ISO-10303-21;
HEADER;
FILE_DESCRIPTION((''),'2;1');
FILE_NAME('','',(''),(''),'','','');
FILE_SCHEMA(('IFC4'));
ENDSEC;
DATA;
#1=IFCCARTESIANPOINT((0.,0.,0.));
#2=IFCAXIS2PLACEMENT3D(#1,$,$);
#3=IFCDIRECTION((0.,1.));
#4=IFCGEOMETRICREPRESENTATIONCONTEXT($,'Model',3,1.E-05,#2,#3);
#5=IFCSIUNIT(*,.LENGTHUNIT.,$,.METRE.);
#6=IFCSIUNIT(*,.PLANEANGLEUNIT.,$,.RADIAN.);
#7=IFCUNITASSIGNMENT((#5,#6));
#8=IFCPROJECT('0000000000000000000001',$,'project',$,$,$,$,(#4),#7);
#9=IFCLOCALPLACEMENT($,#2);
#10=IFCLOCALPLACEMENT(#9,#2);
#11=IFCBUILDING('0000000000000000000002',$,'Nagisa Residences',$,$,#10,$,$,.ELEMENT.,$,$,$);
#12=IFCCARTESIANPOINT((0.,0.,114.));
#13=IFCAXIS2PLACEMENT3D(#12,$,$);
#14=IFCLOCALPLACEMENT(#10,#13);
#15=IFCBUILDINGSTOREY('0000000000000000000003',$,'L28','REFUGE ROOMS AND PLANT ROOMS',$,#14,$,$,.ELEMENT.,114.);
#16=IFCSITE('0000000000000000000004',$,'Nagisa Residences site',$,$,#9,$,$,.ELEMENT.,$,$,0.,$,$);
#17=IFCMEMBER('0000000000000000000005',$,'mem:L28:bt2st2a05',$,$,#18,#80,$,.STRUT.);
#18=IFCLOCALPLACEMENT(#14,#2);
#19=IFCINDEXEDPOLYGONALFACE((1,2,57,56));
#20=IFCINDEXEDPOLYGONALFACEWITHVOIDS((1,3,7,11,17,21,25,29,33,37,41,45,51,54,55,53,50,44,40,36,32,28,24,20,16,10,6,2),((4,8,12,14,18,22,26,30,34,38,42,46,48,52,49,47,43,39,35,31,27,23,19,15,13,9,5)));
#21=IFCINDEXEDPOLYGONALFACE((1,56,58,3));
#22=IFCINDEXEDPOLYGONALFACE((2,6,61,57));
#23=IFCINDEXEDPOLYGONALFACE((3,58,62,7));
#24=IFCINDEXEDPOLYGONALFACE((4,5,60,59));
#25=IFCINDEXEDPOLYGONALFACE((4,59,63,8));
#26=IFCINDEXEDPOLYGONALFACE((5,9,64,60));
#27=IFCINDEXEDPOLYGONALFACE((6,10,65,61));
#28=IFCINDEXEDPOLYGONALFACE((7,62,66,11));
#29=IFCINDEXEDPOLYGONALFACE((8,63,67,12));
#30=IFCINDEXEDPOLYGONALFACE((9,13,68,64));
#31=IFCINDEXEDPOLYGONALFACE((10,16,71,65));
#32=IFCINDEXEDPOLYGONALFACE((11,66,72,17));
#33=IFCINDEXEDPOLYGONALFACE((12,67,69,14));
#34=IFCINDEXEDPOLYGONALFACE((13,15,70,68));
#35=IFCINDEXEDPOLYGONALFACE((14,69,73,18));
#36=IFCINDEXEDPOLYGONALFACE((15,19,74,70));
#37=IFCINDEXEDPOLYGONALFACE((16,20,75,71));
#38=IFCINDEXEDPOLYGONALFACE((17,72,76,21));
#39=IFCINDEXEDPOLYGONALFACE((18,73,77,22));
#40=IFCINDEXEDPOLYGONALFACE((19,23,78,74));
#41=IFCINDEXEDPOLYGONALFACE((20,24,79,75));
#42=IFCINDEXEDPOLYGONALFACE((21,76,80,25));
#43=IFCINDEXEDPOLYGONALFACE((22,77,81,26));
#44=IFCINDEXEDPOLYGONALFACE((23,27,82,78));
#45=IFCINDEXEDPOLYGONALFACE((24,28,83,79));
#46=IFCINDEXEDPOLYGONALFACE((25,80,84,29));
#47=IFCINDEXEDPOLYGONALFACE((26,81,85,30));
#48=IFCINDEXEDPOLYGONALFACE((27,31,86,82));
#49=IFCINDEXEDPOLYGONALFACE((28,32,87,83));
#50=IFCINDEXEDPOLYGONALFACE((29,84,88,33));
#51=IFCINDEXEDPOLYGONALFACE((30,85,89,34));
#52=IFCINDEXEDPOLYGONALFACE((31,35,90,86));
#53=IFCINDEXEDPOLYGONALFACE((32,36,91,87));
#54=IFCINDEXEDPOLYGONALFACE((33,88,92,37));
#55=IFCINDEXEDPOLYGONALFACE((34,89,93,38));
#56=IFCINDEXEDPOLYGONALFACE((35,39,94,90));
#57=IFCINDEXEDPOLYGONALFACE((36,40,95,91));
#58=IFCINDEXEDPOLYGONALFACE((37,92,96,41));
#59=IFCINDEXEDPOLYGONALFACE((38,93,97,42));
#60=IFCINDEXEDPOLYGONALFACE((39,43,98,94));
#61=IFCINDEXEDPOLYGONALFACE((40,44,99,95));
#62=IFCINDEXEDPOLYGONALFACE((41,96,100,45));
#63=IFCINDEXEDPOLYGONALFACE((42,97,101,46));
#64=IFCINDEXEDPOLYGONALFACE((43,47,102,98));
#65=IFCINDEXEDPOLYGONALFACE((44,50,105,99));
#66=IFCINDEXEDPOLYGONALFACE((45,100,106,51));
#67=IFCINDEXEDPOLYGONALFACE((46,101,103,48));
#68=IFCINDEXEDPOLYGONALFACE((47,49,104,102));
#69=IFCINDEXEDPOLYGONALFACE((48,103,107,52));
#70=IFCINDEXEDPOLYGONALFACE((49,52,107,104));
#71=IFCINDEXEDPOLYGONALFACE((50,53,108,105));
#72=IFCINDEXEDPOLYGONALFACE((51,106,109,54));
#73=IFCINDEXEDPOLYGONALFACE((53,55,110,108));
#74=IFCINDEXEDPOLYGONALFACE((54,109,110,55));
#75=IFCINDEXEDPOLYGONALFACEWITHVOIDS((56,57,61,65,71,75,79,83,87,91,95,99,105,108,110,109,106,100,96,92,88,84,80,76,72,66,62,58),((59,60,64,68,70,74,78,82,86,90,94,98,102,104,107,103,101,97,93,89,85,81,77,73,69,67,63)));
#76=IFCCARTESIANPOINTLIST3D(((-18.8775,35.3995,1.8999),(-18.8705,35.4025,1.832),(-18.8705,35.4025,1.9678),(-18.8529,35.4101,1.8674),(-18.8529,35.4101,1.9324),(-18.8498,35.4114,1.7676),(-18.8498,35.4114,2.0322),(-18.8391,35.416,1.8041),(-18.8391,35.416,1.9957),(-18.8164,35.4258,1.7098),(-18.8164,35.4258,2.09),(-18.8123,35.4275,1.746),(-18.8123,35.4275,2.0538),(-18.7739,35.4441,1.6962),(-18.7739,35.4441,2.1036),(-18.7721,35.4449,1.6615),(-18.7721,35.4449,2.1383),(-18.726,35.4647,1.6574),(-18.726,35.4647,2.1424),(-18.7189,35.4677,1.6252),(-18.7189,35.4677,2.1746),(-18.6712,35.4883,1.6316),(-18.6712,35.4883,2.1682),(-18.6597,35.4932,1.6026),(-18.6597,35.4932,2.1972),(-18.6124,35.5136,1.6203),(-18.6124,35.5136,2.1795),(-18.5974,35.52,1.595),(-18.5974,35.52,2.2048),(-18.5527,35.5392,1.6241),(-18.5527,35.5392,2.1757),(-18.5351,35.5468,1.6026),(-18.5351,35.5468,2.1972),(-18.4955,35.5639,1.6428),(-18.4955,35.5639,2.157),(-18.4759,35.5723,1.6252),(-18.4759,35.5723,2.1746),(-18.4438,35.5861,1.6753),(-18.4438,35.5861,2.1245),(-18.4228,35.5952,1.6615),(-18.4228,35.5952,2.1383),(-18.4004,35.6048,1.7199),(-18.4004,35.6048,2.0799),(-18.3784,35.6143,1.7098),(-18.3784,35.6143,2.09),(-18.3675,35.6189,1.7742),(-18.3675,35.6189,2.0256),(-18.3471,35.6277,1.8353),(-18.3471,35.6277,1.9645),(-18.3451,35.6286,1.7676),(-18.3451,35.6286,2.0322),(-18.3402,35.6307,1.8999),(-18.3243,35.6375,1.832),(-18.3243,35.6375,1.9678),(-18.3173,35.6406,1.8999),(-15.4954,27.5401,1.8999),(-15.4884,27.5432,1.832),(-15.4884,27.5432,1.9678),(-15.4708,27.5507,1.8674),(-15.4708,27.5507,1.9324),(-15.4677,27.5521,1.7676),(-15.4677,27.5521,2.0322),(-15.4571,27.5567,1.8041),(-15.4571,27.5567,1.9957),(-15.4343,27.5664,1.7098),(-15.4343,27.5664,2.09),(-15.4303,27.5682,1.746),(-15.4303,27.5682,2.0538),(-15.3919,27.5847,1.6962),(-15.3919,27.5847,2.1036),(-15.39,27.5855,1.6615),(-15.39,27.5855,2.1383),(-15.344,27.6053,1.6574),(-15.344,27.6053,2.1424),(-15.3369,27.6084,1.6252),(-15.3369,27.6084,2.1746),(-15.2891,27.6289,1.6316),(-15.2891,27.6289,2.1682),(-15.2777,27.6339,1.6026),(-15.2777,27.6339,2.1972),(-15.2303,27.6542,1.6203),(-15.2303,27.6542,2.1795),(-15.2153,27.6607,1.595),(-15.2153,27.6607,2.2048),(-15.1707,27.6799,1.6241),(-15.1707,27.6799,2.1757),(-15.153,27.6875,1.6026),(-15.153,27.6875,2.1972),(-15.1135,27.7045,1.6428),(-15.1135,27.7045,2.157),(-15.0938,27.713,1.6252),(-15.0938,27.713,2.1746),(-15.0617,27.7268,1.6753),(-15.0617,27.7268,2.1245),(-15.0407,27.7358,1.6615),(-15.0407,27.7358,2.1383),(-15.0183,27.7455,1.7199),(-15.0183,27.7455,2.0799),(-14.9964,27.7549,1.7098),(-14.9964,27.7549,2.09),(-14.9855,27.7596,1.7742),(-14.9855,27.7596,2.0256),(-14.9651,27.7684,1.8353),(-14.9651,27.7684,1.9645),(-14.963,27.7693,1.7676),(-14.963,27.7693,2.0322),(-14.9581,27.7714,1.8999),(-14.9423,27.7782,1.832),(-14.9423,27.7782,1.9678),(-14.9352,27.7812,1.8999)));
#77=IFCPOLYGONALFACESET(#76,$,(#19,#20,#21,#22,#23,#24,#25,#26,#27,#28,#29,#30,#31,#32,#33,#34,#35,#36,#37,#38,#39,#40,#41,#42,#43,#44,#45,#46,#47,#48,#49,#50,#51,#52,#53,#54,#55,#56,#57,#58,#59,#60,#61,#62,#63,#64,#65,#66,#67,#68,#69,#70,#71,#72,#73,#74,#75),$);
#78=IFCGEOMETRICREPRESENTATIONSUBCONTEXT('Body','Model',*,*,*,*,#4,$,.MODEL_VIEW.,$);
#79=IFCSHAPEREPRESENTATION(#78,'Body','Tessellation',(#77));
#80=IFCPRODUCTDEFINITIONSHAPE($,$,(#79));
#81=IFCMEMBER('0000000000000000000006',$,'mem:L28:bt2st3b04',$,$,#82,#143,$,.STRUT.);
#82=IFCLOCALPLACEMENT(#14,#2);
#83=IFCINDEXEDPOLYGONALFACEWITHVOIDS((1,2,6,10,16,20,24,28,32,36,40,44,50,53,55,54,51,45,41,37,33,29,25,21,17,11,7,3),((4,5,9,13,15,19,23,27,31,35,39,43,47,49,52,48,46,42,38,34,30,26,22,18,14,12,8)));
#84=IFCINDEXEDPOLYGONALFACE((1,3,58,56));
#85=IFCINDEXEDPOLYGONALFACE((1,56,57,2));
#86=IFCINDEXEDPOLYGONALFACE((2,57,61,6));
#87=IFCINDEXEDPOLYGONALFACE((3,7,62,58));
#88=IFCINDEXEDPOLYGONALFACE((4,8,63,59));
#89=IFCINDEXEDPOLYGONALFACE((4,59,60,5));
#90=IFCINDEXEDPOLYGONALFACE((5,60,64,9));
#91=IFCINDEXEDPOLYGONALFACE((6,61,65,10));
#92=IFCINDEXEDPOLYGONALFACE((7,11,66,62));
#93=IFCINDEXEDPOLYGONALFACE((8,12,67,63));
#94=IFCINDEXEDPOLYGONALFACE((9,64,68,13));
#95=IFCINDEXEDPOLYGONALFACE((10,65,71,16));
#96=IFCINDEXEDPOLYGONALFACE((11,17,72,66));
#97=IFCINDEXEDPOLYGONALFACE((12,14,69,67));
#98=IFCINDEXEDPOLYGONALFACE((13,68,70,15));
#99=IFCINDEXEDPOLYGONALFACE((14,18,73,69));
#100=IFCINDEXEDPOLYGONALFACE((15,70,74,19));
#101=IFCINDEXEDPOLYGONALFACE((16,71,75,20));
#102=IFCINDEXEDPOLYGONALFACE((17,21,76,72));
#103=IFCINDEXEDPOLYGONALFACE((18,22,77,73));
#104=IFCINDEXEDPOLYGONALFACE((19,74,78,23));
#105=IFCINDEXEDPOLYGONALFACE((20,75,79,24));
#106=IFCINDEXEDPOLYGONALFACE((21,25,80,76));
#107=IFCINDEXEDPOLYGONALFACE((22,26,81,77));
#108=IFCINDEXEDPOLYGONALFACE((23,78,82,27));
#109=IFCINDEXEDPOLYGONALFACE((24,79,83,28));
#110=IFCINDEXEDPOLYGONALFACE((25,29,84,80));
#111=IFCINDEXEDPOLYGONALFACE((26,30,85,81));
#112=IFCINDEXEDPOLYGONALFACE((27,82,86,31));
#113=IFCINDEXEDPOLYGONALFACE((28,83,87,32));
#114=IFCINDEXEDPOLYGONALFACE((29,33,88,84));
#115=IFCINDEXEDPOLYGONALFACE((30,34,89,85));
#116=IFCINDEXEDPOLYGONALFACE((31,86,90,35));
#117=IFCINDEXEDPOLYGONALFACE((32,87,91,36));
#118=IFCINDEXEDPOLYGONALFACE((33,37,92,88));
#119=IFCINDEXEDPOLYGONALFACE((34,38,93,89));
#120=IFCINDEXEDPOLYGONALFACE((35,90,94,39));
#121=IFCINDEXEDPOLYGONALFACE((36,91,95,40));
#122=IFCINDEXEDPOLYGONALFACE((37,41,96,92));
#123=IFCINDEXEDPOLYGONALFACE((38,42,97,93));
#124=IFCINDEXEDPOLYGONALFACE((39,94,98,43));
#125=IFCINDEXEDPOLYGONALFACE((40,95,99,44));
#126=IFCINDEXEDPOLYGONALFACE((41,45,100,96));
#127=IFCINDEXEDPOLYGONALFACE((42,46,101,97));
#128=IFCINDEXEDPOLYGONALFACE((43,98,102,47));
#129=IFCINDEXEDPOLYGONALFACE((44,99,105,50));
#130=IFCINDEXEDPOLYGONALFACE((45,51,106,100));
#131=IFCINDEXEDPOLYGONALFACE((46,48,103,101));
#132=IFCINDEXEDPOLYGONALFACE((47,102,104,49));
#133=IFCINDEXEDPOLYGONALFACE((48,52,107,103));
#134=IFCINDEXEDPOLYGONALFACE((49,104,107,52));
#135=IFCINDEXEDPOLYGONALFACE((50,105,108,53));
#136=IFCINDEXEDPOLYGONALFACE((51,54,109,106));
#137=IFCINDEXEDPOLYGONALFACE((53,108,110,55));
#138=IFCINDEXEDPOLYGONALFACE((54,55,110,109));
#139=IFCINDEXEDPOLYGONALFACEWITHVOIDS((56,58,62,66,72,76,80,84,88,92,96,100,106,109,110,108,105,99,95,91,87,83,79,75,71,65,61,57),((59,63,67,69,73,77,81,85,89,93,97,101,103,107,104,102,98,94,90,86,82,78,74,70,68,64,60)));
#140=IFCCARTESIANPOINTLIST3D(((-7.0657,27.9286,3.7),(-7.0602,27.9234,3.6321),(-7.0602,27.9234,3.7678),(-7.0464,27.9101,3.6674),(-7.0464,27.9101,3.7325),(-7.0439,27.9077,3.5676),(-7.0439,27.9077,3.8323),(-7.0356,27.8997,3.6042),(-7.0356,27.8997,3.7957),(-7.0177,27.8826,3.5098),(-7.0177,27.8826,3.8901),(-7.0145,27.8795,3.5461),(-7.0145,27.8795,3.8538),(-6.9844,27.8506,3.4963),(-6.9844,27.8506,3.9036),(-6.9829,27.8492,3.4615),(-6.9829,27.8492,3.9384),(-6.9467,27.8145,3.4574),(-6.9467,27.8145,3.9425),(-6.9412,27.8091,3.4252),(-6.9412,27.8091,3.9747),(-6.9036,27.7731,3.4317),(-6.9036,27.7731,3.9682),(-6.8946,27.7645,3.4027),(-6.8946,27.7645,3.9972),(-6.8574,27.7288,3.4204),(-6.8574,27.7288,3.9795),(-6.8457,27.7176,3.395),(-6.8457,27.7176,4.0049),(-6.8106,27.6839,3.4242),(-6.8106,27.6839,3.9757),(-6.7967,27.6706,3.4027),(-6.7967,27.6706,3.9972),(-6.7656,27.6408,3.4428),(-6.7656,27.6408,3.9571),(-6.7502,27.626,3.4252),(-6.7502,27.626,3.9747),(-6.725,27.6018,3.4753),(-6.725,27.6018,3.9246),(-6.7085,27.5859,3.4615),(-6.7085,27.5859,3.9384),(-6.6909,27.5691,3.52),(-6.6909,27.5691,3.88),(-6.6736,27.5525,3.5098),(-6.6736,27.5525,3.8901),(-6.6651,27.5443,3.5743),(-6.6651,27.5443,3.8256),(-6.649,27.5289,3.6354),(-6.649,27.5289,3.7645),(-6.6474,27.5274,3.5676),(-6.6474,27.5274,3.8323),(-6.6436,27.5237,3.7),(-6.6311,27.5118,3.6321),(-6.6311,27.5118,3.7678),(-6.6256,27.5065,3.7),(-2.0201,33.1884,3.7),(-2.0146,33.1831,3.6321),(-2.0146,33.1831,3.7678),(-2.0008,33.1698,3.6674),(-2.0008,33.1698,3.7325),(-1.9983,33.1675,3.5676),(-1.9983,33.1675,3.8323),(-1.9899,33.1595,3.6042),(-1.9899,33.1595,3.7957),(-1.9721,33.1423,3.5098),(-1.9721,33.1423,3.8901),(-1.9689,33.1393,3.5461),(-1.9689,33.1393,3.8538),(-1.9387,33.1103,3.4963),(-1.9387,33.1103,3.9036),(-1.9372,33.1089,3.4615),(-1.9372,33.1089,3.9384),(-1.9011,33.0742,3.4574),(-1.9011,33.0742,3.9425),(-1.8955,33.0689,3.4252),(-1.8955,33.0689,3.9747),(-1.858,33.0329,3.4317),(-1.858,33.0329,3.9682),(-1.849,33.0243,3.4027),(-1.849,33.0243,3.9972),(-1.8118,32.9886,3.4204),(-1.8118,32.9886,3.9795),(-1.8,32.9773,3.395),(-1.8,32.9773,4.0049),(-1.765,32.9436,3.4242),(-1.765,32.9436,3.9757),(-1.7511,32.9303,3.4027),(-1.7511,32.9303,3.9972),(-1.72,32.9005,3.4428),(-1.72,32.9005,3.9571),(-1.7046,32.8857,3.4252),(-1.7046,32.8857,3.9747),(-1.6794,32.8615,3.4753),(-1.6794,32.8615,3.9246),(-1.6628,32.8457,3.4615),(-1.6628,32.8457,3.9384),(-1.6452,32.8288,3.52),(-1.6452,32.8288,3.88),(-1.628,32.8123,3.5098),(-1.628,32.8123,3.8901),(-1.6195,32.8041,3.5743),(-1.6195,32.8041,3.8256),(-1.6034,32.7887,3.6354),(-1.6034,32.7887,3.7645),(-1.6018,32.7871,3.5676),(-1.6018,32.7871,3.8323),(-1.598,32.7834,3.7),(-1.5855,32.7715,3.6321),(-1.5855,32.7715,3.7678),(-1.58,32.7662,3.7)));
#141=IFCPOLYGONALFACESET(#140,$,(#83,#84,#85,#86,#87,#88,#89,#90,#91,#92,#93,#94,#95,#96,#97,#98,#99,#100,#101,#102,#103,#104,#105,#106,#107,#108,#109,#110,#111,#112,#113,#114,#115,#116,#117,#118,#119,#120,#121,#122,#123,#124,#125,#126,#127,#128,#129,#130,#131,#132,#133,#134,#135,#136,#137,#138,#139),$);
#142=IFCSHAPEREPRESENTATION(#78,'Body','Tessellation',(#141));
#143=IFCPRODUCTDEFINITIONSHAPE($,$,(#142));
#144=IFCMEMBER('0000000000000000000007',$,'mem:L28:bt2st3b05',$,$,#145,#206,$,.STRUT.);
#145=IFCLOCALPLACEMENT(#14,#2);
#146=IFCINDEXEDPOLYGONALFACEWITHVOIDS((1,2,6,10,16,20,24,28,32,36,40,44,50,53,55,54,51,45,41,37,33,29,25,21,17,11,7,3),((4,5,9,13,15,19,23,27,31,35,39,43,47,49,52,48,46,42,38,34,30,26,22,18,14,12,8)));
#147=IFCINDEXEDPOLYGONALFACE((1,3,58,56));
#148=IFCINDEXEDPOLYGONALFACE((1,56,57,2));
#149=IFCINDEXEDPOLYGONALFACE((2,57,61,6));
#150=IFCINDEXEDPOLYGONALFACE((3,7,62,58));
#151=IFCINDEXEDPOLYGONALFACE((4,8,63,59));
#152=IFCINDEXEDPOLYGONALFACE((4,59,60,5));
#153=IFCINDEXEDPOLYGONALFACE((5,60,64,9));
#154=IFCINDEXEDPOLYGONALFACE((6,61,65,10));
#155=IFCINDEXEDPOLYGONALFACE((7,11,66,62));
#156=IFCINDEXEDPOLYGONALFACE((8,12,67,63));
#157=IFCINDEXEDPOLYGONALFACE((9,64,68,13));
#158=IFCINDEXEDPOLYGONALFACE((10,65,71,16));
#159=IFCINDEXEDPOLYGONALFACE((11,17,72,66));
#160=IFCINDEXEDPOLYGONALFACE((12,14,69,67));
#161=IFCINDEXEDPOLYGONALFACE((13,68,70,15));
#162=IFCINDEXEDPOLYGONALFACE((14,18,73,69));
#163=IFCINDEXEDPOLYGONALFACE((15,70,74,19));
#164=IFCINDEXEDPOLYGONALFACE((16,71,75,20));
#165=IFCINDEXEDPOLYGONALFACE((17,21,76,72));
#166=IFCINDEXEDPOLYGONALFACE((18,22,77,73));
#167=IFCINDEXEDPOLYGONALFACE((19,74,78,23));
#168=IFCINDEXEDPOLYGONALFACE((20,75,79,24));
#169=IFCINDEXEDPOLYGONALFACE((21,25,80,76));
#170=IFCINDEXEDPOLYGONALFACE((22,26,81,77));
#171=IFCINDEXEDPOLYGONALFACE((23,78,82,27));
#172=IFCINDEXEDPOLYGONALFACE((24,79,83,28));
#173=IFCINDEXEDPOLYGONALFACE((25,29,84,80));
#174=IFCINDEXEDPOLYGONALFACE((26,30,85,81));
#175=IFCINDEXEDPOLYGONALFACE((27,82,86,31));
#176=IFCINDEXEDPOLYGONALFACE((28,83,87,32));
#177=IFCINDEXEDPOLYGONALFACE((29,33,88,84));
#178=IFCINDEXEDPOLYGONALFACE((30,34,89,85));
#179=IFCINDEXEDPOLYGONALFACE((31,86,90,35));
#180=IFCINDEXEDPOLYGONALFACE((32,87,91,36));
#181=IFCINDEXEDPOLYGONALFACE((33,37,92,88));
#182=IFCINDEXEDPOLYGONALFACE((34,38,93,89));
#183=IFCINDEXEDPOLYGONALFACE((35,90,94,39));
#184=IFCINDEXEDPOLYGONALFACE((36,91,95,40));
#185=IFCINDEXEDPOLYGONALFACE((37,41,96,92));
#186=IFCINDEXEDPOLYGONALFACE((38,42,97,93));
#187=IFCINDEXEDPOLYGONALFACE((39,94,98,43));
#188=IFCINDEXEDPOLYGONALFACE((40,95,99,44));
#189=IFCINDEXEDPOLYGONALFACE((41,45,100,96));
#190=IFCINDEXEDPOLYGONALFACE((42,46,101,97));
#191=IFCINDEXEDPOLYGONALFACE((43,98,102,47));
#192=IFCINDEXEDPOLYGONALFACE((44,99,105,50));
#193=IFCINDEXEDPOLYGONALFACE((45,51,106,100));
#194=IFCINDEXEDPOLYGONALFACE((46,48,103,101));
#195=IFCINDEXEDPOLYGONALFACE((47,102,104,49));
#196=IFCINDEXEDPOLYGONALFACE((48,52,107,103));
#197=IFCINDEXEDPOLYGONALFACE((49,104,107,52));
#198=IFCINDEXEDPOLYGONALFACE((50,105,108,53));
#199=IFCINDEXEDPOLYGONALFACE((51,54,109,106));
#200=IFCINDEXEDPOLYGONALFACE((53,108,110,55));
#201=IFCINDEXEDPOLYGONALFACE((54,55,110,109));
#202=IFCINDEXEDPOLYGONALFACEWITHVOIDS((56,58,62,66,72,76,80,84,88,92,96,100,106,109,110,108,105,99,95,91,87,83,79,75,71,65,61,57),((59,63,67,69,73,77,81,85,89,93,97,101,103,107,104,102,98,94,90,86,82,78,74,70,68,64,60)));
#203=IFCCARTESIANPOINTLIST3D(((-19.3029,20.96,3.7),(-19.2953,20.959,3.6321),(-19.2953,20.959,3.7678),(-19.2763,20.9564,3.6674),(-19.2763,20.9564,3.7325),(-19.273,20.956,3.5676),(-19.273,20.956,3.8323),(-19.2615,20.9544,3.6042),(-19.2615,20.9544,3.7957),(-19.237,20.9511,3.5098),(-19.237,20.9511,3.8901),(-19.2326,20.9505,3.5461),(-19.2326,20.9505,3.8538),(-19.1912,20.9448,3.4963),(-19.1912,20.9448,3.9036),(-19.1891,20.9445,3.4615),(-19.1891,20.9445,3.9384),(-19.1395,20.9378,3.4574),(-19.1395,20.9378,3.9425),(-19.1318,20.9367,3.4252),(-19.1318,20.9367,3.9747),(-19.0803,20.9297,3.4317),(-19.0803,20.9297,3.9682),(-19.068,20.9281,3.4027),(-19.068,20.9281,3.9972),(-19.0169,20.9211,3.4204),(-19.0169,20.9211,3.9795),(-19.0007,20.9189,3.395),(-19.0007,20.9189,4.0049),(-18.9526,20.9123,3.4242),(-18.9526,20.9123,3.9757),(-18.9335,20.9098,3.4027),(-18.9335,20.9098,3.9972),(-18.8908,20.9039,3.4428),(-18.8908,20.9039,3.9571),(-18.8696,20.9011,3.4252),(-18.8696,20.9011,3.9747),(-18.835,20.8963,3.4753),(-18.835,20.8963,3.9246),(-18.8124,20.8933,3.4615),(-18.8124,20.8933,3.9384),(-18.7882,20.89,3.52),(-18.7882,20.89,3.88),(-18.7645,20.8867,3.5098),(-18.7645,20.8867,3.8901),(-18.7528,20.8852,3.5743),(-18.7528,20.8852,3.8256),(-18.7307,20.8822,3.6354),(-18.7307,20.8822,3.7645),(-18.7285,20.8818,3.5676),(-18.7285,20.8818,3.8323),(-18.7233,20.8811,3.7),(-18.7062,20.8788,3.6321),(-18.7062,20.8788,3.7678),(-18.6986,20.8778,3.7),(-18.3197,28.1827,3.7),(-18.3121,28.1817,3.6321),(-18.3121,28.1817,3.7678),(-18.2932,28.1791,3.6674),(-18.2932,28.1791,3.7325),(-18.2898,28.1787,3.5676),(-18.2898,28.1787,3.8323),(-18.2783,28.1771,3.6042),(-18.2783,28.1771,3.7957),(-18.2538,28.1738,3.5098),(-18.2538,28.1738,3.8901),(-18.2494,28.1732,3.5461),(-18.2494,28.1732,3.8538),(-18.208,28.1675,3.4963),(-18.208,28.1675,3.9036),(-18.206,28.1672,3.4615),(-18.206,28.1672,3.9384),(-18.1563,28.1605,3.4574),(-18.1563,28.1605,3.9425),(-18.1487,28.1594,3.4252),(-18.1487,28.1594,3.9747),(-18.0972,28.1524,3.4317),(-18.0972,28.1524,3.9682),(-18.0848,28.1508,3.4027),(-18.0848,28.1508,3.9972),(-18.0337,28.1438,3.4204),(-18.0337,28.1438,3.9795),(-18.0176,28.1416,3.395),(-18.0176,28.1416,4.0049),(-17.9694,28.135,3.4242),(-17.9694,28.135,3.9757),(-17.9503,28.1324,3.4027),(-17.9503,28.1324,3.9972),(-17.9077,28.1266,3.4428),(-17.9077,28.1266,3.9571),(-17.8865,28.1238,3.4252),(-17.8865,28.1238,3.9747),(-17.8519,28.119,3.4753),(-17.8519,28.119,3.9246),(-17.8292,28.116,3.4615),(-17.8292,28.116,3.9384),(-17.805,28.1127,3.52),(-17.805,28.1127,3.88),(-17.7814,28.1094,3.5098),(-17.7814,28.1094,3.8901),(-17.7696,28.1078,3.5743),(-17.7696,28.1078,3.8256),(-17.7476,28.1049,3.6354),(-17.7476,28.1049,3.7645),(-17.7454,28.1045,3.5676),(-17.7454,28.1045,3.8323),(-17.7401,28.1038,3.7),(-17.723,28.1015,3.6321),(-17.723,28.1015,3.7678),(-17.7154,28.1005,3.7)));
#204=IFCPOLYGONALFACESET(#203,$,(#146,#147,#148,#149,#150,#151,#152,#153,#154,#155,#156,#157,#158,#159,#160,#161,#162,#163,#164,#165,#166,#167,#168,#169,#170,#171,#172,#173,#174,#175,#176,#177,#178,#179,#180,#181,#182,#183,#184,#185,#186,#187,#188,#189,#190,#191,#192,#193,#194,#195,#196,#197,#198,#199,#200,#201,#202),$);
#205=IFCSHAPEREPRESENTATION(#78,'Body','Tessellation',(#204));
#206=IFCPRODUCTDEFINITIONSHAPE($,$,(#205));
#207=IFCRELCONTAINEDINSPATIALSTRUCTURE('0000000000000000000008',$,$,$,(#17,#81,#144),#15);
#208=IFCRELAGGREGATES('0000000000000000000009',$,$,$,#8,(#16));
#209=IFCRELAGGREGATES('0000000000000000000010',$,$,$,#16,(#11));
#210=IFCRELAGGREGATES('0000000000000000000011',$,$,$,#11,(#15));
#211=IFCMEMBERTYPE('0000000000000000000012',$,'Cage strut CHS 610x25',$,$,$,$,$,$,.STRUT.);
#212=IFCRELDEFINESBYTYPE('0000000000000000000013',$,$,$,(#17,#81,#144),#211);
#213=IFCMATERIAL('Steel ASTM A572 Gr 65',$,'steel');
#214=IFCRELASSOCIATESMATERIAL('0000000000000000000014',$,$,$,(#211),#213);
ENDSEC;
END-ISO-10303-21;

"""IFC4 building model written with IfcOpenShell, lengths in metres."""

from ifc_helpers import new_model, si_unit, direction, frame, origin, origin_2d, place, context, subcontext, project, spatial, hollow_circle, extrude, material, material_profile, profile_set, type_object, element, save


model = new_model("IFC4")

# Units and contexts
model_context = context("Model", 3, precision=1e-05, world=origin(), true_north=direction((0.0, 1.0)))
body_context = subcontext(model_context, "Body", "Model", "MODEL_VIEW")
ifc_project = project(units=[si_unit("LENGTHUNIT", "METRE"), si_unit("PLANEANGLEUNIT", "RADIAN")], contexts=[model_context])

# Site, building, storey
site_placement = place(None, origin())
site = spatial("IfcSite", under=ifc_project, at=site_placement, Name="Nagisa Residences site", CompositionType="ELEMENT", RefElevation=0.0)
building_placement = place(site_placement, origin())
building = spatial("IfcBuilding", under=site, at=building_placement, Name="Nagisa Residences", CompositionType="ELEMENT")
storey_placement = place(building_placement, frame((0.0, 0.0, 114.0)))
storey = spatial("IfcBuildingStorey", under=building, at=storey_placement, Name="L28", Description="REFUGE ROOMS AND PLANT ROOMS", CompositionType="ELEMENT", Elevation=114.0)

# Members
ifc_material_1 = material(Name="Steel ASTM A572 Gr 65", Category="steel")
ifc_material_profile_1 = material_profile(ifc_material_1, hollow_circle(Radius=0.3049, WallThickness=0.0249, at=origin_2d()), Name="CHS 610x25")
ifc_profile_set_1 = profile_set([ifc_material_profile_1], Name="Steel ASTM A572 Gr 65")
member_type_1 = type_object("IfcMemberType", Name="Cage strut CHS 610x25", PredefinedType="STRUT", material=ifc_profile_set_1)
member_1_placement = place(storey_placement, frame((-18.5974, 35.52, 1.8999), z_axis=(0.395279, -0.918561, 0.0), x_axis=(0.918561, 0.395279, 0.0)))
element("IfcMember", 1, at=member_1_placement, inside=storey, type_object=member_type_1, Name="mem:L28:bt2st2a05", PredefinedType="STRUT", context=body_context, shape_type="SweptSolid", body=[
    extrude(hollow_circle(Radius=0.3049, WallThickness=0.0249, at=origin_2d()), origin(), (0.0, 0.0, 1.0), 8.5562),
])
member_2_placement = place(storey_placement, frame((-1.8, 32.9773, 3.7), z_axis=(-0.692266, -0.721642, 0.0), x_axis=(0.721642, -0.692266, 0.0)))
element("IfcMember", 2, at=member_2_placement, inside=storey, type_object=member_type_1, Name="mem:L28:bt2st3b04", PredefinedType="STRUT", context=body_context, shape_type="SweptSolid", body=[
    extrude(hollow_circle(Radius=0.3049, WallThickness=0.0249, at=origin_2d()), origin(), (0.0, 0.0, 1.0), 7.2886),
])
member_3_placement = place(storey_placement, frame((-18.0176, 28.1416, 3.7), z_axis=(-0.134877, -0.990862, 0.0), x_axis=(0.990862, -0.134877, 0.0)))
element("IfcMember", 3, at=member_3_placement, inside=storey, type_object=member_type_1, Name="mem:L28:bt2st3b05", PredefinedType="STRUT", context=body_context, shape_type="SweptSolid", body=[
    extrude(hollow_circle(Radius=0.3049, WallThickness=0.0249, at=origin_2d()), origin(), (0.0, 0.0, 1.0), 7.2893),
])

save(model, "model.ifc")
